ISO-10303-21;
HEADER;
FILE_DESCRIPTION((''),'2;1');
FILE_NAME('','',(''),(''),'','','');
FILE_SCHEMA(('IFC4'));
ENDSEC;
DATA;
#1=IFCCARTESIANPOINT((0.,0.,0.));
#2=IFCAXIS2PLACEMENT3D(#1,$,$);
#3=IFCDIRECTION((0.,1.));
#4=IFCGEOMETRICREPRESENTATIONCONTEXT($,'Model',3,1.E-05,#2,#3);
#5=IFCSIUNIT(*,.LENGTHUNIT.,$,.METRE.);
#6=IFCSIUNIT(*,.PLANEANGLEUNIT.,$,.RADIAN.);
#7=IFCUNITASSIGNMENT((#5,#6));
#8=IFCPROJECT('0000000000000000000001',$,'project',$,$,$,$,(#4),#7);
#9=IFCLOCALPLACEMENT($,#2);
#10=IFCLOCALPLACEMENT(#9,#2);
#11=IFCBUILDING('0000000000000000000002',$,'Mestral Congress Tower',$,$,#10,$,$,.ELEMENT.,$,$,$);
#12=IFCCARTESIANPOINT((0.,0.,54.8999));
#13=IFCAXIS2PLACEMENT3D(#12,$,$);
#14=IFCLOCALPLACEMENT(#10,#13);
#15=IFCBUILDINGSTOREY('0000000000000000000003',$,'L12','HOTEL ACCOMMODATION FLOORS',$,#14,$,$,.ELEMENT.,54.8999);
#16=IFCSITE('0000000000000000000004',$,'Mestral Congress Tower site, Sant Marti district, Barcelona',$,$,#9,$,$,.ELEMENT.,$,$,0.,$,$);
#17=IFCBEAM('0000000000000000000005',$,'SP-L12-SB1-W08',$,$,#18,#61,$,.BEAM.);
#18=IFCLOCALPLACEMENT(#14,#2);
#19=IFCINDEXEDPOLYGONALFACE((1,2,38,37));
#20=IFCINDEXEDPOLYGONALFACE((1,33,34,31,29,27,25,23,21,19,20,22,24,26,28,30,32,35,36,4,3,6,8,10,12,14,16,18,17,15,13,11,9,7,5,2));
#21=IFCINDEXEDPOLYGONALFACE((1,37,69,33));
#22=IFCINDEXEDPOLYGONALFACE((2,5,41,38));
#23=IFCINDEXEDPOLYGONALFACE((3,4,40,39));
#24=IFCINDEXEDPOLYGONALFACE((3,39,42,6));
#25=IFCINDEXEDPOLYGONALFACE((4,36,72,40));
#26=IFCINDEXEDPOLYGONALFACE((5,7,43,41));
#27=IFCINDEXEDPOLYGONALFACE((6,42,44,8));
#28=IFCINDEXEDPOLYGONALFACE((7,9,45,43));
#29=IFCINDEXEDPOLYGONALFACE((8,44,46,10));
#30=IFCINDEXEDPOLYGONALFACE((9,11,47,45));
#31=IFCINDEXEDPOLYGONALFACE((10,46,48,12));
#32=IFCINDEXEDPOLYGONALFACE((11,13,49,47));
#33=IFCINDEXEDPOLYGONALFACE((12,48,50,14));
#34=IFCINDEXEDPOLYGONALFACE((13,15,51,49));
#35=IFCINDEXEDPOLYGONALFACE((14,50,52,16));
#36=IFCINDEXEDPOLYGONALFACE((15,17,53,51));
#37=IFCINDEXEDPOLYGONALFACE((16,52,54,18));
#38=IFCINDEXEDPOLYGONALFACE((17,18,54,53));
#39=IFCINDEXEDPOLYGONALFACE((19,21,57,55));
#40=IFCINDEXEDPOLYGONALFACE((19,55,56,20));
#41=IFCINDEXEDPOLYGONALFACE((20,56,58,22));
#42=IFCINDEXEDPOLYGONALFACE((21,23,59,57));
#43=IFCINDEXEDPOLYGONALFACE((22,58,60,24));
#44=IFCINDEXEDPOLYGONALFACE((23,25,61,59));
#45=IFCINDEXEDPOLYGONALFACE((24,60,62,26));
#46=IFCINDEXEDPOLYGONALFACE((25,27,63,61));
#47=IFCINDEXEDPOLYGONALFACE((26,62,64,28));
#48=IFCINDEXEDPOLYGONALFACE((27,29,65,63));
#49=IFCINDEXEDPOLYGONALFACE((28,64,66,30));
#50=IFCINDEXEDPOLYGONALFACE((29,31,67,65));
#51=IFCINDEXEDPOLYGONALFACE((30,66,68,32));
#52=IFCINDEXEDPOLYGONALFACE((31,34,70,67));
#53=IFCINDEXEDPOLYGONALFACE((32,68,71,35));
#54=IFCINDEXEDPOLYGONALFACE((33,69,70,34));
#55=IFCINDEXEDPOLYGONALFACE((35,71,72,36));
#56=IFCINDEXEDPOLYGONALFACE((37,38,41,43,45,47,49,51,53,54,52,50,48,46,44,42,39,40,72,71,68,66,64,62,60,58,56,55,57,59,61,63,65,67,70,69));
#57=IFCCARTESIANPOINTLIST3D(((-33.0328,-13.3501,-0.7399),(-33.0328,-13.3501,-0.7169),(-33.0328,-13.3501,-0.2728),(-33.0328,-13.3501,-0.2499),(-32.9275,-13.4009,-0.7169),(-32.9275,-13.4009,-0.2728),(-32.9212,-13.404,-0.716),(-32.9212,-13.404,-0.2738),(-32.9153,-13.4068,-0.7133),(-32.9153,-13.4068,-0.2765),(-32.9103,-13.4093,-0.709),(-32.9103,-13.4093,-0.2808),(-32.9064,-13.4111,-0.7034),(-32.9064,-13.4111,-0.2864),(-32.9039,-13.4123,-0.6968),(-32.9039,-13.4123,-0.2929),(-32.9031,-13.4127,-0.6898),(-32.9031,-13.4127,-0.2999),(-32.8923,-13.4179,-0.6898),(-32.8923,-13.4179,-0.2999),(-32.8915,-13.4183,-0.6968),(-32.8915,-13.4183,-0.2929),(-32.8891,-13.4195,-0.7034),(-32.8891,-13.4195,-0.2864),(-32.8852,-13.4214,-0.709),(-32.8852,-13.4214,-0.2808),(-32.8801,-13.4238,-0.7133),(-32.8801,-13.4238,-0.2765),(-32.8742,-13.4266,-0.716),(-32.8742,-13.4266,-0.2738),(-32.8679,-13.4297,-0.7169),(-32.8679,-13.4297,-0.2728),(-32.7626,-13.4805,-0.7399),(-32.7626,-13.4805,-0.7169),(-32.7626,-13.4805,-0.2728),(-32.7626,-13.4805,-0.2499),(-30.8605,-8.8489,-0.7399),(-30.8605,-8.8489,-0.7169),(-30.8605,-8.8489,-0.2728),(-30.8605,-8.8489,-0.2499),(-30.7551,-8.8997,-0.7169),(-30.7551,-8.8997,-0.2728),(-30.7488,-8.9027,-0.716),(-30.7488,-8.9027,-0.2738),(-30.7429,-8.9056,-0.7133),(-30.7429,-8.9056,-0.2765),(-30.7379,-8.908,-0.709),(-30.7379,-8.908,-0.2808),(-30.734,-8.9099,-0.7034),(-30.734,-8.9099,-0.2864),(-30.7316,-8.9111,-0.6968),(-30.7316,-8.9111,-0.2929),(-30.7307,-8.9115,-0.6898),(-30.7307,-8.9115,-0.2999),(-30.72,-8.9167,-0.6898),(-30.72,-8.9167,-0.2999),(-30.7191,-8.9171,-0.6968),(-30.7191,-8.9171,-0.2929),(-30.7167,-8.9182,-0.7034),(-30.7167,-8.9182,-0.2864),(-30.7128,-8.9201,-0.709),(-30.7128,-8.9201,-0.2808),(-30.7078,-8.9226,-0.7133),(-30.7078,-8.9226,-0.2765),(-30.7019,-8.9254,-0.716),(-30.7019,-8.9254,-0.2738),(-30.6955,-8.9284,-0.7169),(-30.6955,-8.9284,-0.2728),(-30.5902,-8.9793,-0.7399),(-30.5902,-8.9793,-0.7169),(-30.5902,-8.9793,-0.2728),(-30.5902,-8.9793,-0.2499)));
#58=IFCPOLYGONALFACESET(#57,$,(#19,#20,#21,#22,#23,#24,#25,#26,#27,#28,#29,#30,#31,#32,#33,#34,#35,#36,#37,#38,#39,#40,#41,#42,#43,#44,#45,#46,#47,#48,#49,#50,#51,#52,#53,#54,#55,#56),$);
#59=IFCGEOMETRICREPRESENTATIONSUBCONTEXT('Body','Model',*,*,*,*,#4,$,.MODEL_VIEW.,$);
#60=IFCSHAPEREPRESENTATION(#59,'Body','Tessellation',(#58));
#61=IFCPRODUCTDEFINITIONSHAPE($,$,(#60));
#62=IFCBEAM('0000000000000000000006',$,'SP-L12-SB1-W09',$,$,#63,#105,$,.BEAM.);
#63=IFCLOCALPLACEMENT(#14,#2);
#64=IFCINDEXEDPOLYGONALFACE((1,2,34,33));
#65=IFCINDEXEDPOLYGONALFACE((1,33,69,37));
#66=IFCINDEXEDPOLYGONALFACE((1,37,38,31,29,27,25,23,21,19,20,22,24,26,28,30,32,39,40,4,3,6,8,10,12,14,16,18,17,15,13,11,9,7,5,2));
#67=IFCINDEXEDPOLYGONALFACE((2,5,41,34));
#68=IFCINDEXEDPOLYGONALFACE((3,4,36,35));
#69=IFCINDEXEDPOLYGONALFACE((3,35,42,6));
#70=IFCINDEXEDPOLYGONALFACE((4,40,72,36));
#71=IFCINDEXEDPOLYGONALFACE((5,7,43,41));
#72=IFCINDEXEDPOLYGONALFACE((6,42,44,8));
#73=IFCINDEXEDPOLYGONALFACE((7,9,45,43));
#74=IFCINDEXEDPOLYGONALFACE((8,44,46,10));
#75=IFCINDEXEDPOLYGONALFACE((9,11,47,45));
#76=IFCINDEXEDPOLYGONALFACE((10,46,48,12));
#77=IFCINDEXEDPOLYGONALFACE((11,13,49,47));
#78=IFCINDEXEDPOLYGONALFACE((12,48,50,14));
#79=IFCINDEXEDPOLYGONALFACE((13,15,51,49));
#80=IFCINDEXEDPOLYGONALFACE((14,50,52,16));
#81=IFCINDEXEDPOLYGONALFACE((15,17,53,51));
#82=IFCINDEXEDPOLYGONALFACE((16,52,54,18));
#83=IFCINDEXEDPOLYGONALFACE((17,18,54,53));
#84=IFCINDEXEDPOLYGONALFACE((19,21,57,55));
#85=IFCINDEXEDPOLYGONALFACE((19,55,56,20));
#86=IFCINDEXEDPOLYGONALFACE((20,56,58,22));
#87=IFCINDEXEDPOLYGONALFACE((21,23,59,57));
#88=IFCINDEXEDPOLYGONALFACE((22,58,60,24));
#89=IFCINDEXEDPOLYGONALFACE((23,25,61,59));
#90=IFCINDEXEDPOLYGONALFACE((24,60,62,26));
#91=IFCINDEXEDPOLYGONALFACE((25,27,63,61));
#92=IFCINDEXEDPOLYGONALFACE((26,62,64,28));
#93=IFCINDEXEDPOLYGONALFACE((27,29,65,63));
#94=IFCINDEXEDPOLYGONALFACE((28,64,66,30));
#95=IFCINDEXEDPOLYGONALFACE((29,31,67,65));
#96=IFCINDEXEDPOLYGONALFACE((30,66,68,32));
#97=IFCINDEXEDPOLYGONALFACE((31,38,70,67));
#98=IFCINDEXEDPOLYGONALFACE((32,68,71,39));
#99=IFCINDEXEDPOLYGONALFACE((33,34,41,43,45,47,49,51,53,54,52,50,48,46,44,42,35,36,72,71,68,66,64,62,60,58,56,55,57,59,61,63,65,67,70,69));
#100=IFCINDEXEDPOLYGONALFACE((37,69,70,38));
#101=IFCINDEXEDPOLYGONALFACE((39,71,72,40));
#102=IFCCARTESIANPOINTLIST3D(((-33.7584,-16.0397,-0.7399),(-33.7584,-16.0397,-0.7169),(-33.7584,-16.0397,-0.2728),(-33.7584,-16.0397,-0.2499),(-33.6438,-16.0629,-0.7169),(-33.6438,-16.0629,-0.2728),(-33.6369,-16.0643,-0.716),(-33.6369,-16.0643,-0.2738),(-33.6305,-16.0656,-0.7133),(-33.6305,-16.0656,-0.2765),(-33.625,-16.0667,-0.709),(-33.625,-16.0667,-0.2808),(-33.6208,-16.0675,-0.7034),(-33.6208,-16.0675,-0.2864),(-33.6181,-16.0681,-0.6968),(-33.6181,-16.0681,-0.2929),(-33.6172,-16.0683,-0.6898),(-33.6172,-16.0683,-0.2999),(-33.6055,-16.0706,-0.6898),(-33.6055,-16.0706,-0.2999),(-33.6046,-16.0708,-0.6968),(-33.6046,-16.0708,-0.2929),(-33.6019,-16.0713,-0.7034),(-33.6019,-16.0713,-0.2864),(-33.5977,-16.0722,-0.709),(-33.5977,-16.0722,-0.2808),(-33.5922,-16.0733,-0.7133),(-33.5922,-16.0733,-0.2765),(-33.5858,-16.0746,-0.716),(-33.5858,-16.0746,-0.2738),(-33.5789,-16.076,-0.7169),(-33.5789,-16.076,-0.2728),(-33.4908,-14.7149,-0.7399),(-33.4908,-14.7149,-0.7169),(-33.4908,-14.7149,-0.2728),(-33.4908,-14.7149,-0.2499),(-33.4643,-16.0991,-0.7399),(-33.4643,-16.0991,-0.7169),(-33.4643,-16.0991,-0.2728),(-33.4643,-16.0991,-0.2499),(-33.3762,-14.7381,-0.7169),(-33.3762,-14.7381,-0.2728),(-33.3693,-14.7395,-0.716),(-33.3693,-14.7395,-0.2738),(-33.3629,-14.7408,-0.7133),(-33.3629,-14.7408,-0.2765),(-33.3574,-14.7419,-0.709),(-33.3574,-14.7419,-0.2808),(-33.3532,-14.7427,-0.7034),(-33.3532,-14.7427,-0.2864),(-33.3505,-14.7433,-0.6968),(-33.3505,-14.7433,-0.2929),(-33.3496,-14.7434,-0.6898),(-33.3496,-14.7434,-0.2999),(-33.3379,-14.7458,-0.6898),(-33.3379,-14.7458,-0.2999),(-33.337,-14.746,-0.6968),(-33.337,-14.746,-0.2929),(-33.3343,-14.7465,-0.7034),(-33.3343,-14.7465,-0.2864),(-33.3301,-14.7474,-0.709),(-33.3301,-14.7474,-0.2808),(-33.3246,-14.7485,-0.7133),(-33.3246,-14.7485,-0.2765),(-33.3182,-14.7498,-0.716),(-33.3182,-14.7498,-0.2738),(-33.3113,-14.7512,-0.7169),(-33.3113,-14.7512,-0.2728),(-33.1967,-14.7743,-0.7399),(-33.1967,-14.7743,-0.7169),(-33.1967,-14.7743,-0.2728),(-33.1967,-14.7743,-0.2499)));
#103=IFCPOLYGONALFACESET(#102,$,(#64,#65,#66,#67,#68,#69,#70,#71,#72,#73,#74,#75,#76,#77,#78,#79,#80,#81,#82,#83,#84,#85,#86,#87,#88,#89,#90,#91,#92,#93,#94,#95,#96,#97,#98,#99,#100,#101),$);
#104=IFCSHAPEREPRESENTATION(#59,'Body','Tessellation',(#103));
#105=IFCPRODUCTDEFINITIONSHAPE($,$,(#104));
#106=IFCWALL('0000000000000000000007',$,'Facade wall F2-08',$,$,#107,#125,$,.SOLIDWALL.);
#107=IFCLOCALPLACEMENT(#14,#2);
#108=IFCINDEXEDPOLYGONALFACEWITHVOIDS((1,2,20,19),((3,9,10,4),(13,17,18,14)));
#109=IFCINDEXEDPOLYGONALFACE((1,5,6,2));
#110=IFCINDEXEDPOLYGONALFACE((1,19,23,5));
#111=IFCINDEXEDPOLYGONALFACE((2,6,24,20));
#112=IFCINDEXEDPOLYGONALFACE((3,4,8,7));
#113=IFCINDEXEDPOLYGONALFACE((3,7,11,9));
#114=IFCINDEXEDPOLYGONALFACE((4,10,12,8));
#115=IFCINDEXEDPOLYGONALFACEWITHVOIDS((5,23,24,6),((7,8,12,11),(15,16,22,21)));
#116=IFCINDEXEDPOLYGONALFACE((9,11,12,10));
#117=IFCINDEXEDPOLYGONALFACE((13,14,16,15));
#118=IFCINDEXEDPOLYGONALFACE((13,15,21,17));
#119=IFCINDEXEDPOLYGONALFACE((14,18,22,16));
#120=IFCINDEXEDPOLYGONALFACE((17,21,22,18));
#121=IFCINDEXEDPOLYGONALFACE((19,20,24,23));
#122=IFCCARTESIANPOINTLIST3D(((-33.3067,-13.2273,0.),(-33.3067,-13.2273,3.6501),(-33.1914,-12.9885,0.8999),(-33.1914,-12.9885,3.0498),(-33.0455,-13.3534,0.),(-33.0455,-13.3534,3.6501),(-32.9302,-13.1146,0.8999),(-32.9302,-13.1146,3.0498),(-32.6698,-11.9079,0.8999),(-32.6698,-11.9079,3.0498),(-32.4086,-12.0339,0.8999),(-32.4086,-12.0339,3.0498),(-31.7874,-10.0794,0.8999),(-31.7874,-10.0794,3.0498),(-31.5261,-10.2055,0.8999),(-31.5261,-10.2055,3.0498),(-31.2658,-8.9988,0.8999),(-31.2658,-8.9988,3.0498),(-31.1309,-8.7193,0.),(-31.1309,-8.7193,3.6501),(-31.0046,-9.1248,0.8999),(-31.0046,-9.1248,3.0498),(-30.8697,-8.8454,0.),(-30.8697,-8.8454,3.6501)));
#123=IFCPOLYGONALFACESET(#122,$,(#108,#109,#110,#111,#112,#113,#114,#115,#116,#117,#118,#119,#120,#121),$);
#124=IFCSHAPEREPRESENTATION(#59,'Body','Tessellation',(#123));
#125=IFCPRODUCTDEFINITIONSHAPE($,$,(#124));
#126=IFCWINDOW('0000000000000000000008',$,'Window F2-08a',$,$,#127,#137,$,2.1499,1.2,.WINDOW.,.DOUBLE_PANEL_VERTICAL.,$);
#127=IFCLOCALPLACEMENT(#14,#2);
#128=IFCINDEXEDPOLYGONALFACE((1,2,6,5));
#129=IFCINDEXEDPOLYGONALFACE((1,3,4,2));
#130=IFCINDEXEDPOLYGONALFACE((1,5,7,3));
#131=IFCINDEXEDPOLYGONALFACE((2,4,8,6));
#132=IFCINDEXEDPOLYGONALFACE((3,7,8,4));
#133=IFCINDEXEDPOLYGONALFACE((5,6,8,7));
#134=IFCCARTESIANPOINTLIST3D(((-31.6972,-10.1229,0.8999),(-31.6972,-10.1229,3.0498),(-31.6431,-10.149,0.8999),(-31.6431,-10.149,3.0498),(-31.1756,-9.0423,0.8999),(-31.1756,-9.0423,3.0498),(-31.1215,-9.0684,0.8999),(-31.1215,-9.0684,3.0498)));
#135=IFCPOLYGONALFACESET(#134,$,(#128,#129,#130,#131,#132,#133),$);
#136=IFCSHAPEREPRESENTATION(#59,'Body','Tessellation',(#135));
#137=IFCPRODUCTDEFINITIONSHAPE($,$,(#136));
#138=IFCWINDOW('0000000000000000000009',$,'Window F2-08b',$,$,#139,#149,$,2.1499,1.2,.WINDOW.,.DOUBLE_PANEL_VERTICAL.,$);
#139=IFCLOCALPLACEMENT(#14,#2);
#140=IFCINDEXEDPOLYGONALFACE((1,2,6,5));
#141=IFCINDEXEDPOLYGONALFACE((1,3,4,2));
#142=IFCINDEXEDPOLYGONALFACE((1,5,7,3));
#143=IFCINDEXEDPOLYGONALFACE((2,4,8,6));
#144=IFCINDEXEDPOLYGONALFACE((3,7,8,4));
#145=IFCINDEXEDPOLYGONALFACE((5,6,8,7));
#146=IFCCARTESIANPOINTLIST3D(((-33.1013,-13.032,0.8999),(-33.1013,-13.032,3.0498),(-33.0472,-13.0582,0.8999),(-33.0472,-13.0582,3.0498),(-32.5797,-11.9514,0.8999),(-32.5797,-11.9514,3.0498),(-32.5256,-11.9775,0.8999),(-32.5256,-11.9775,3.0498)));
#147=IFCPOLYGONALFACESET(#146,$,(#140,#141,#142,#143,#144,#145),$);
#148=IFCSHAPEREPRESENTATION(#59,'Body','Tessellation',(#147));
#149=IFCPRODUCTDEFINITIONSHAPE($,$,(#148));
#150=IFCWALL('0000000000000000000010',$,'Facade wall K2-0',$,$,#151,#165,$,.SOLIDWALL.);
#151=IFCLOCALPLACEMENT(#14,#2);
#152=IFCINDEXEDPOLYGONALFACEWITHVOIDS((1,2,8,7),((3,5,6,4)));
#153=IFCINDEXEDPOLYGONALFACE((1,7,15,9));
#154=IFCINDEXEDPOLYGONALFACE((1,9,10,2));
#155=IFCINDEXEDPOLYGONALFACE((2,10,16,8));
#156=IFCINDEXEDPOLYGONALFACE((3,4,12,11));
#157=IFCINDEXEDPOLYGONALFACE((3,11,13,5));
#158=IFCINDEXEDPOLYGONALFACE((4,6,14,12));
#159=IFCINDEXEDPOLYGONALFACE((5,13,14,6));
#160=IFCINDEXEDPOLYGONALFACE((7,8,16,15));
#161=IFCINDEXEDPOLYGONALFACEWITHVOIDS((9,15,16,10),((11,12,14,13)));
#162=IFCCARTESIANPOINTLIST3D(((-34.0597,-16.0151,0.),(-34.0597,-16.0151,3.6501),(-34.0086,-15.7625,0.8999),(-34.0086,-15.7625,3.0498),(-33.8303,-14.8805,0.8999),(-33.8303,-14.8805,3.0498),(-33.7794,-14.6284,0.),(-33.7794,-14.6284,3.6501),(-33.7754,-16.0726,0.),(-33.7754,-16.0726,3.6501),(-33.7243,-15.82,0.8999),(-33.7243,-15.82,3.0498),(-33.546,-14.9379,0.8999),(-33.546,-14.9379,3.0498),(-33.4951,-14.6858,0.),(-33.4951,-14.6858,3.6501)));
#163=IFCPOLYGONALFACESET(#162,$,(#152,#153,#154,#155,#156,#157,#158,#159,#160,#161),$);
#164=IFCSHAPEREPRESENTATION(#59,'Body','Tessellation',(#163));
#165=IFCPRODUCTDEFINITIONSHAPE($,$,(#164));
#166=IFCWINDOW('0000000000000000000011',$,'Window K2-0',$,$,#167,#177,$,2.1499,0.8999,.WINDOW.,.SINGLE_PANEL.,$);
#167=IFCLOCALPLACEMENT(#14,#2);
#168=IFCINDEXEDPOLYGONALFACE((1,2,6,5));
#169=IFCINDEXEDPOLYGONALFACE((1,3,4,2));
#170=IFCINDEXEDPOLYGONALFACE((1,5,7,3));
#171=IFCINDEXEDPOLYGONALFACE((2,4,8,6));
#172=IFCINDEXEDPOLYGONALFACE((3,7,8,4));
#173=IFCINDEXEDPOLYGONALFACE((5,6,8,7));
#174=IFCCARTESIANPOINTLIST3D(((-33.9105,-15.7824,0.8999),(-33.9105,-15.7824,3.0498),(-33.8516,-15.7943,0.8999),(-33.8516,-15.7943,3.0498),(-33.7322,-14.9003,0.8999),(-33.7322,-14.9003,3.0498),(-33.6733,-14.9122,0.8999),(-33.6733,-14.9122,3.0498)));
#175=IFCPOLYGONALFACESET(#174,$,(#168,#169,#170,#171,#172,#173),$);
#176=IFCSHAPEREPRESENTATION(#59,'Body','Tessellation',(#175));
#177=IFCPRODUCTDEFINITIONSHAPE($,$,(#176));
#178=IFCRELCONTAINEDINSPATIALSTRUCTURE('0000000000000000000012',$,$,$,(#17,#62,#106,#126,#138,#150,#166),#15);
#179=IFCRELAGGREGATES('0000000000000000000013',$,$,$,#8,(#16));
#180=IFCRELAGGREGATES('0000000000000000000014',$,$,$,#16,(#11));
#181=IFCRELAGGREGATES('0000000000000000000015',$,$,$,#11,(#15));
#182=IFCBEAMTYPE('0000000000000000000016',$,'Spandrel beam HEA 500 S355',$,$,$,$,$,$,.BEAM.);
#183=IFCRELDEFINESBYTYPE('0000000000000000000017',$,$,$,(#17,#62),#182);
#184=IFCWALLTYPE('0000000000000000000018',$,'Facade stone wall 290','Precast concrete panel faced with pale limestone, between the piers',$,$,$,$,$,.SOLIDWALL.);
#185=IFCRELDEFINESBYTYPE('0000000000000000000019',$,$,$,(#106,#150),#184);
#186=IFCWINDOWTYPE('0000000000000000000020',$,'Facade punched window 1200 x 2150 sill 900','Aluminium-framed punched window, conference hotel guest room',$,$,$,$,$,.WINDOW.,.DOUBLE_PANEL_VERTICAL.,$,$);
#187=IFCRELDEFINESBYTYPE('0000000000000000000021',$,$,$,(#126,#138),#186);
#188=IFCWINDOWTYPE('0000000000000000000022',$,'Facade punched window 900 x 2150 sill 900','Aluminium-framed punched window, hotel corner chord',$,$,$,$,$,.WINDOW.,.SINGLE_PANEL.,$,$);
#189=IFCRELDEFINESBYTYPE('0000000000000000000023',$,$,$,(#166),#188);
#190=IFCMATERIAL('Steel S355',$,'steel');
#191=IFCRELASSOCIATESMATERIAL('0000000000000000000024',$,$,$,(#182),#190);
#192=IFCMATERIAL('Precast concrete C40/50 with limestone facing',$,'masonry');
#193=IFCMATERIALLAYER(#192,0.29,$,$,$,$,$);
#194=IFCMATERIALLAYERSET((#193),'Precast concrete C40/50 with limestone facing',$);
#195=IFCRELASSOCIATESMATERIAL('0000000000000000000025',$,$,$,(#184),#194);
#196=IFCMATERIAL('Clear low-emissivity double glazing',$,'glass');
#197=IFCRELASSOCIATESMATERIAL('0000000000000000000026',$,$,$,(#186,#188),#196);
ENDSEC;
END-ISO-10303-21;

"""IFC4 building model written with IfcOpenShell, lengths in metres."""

from ifc_helpers import new_model, si_unit, direction, frame, frame_2d, origin, origin_2d, place, context, subcontext, project, spatial, rectangle, i_section, extrude, material, layer, layer_set, material_profile, profile_set, type_object, element, fill, save


model = new_model("IFC4")

# Units and contexts
model_context = context("Model", 3, precision=1e-05, world=origin(), true_north=direction((0.0, 1.0)))
body_context = subcontext(model_context, "Body", "Model", "MODEL_VIEW")
ifc_project = project(units=[si_unit("LENGTHUNIT", "METRE"), si_unit("PLANEANGLEUNIT", "RADIAN")], contexts=[model_context])

# Site, building, storey
site_placement = place(None, origin())
site = spatial("IfcSite", under=ifc_project, at=site_placement, Name="Mestral Congress Tower site, Sant Marti district, Barcelona", CompositionType="ELEMENT", RefElevation=0.0)
building_placement = place(site_placement, origin())
building = spatial("IfcBuilding", under=site, at=building_placement, Name="Mestral Congress Tower", CompositionType="ELEMENT")
storey_placement = place(building_placement, frame((0.0, 0.0, 54.8999)))
storey = spatial("IfcBuildingStorey", under=building, at=storey_placement, Name="L12", Description="HOTEL ACCOMMODATION FLOORS", CompositionType="ELEMENT", Elevation=54.8999)

# Beams
ifc_material_1 = material(Name="Steel S355", Category="steel")
ifc_material_profile_1 = material_profile(ifc_material_1, i_section(OverallWidth=0.3, OverallDepth=0.49, WebThickness=0.012, FlangeThickness=0.0229, FilletRadius=0.0271, at=origin_2d()), Name="HEA 500")
ifc_profile_set_1 = profile_set([ifc_material_profile_1], Name="Steel S355")
beam_type_1 = type_object("IfcBeamType", Name="Spandrel beam HEA 500 S355", PredefinedType="BEAM", material=ifc_profile_set_1)
beam_1_placement = place(storey_placement, frame((-30.7253, -8.9141, -0.4949), z_axis=(-0.434645, -0.900602, 0.0), x_axis=(0.900602, -0.434645, 0.0)))
element("IfcBeam", 1, at=beam_1_placement, inside=storey, type_object=beam_type_1, Name="SP-L12-SB1-W08", PredefinedType="BEAM", context=body_context, shape_type="SweptSolid", body=[
    extrude(i_section(OverallWidth=0.3, OverallDepth=0.49, WebThickness=0.012, FlangeThickness=0.0229, FilletRadius=0.0271, at=origin_2d()), origin(), (0.0, 0.0, 1.0), 4.998),
])
beam_2_placement = place(storey_placement, frame((-33.3438, -14.7446, -0.4949), z_axis=(-0.197992, -0.980204, 0.0), x_axis=(0.980204, -0.197992, 0.0)))
element("IfcBeam", 2, at=beam_2_placement, inside=storey, type_object=beam_type_1, Name="SP-L12-SB1-W09", PredefinedType="BEAM", context=body_context, shape_type="SweptSolid", body=[
    extrude(i_section(OverallWidth=0.3, OverallDepth=0.49, WebThickness=0.012, FlangeThickness=0.0229, FilletRadius=0.0271, at=origin_2d()), origin(), (0.0, 0.0, 1.0), 1.3516),
])

# Wall, openings, windows
ifc_material_2 = material(Name="Precast concrete C40/50 with limestone facing", Category="masonry")
ifc_layer_1 = layer(ifc_material_2, 0.29)
ifc_layer_set_1 = layer_set([ifc_layer_1], Name="Precast concrete C40/50 with limestone facing")
wall_type_1 = type_object("IfcWallType", Name="Facade stone wall 290", Description="Precast concrete panel faced with pale limestone, between the piers", PredefinedType="SOLIDWALL", material=ifc_layer_set_1)
wall_1_placement = place(storey_placement, frame((-31.0002, -8.7822, 0.0), z_axis=(0.0, 0.0, 1.0), x_axis=(-0.434664, -0.900592, 0.0)))
wall_1 = element("IfcWall", 3, at=wall_1_placement, inside=storey, type_object=wall_type_1, Name="Facade wall F2-08", PredefinedType="SOLIDWALL", context=body_context, shape_type="SweptSolid", body=[
    extrude(rectangle(XDim=5.0056, YDim=0.29, at=frame_2d((2.5029, 0.0))), origin(), (0.0, 0.0, 1.0), 3.6501),
])
opening_1_placement = place(wall_1_placement, frame((0.3103, 0.0, 0.8999)))
opening_1 = element("IfcOpeningElement", 4, at=opening_1_placement, cuts=wall_1, PredefinedType="OPENING", context=body_context, shape_type="SweptSolid", body=[
    extrude(rectangle(XDim=1.2, YDim=2.1499, at=frame_2d((0.6001, 1.075))), frame((0.0, 0.155, 0.0), z_axis=(0.0, -1.0, 0.0), x_axis=(1.0, 0.0, 0.0)), (0.0, 0.0, 1.0), 0.3101),
])
opening_2_placement = place(wall_1_placement, frame((3.5405, 0.0, 0.8999)))
opening_2 = element("IfcOpeningElement", 5, at=opening_2_placement, cuts=wall_1, PredefinedType="OPENING", context=body_context, shape_type="SweptSolid", body=[
    extrude(rectangle(XDim=1.2, YDim=2.1499, at=frame_2d((0.6001, 1.075))), frame((0.0, 0.155, 0.0), z_axis=(0.0, -1.0, 0.0), x_axis=(1.0, 0.0, 0.0)), (0.0, 0.0, 1.0), 0.3101),
])
ifc_material_3 = material(Name="Clear low-emissivity double glazing", Category="glass")
window_type_1 = type_object("IfcWindowType", Name="Facade punched window 1200 x 2150 sill 900", Description="Aluminium-framed punched window, conference hotel guest room", PartitioningType="DOUBLE_PANEL_VERTICAL", PredefinedType="WINDOW", material=ifc_material_3)
window_1_placement = place(opening_1_placement, origin())
window_1 = element("IfcWindow", 6, at=window_1_placement, inside=storey, type_object=window_type_1, Name="Window F2-08a", OverallHeight=2.1499, OverallWidth=1.2, PartitioningType="DOUBLE_PANEL_VERTICAL", PredefinedType="WINDOW", context=body_context, shape_type="SweptSolid", body=[
    extrude(rectangle(XDim=1.2, YDim=2.1499, at=frame_2d((0.6001, 1.075))), frame((0.0, 0.0151, 0.0), z_axis=(0.0, -1.0, 0.0), x_axis=(1.0, 0.0, 0.0)), (0.0, 0.0, 1.0), 0.0601),
])
fill(opening_1, window_1)
window_2_placement = place(opening_2_placement, origin())
window_2 = element("IfcWindow", 7, at=window_2_placement, inside=storey, type_object=window_type_1, Name="Window F2-08b", OverallHeight=2.1499, OverallWidth=1.2, PartitioningType="DOUBLE_PANEL_VERTICAL", PredefinedType="WINDOW", context=body_context, shape_type="SweptSolid", body=[
    extrude(rectangle(XDim=1.2, YDim=2.1499, at=frame_2d((0.6001, 1.075))), frame((0.0, 0.0151, 0.0), z_axis=(0.0, -1.0, 0.0), x_axis=(1.0, 0.0, 0.0)), (0.0, 0.0, 1.0), 0.0601),
])
fill(opening_2, window_2)

# Wall, opening, window
wall_2_placement = place(storey_placement, frame((-33.6372, -14.657, 0.0), z_axis=(0.0, 0.0, 1.0), x_axis=(-0.198107, -0.98018, 0.0)))
wall_2 = element("IfcWall", 8, at=wall_2_placement, inside=storey, type_object=wall_type_1, Name="Facade wall K2-0", PredefinedType="SOLIDWALL", context=body_context, shape_type="SweptSolid", body=[
    extrude(rectangle(XDim=1.4148, YDim=0.29, at=frame_2d((0.7075, 0.0))), origin(), (0.0, 0.0, 1.0), 3.6501),
])
opening_3_placement = place(wall_2_placement, frame((0.2573, 0.0, 0.8999)))
opening_3 = element("IfcOpeningElement", 9, at=opening_3_placement, cuts=wall_2, PredefinedType="OPENING", context=body_context, shape_type="SweptSolid", body=[
    extrude(rectangle(XDim=0.8999, YDim=2.1499, at=frame_2d((0.45, 1.075))), frame((0.0, 0.155, 0.0), z_axis=(0.0, -1.0, 0.0), x_axis=(1.0, 0.0, 0.0)), (0.0, 0.0, 1.0), 0.3101),
])
window_type_2 = type_object("IfcWindowType", Name="Facade punched window 900 x 2150 sill 900", Description="Aluminium-framed punched window, hotel corner chord", PartitioningType="SINGLE_PANEL", PredefinedType="WINDOW", material=ifc_material_3)
window_3_placement = place(opening_3_placement, origin())
window_3 = element("IfcWindow", 10, at=window_3_placement, inside=storey, type_object=window_type_2, Name="Window K2-0", OverallHeight=2.1499, OverallWidth=0.8999, PartitioningType="SINGLE_PANEL", PredefinedType="WINDOW", context=body_context, shape_type="SweptSolid", body=[
    extrude(rectangle(XDim=0.8999, YDim=2.1499, at=frame_2d((0.45, 1.075))), frame((0.0, 0.0151, 0.0), z_axis=(0.0, -1.0, 0.0), x_axis=(1.0, 0.0, 0.0)), (0.0, 0.0, 1.0), 0.0601),
])
fill(opening_3, window_3)

save(model, "model.ifc")
